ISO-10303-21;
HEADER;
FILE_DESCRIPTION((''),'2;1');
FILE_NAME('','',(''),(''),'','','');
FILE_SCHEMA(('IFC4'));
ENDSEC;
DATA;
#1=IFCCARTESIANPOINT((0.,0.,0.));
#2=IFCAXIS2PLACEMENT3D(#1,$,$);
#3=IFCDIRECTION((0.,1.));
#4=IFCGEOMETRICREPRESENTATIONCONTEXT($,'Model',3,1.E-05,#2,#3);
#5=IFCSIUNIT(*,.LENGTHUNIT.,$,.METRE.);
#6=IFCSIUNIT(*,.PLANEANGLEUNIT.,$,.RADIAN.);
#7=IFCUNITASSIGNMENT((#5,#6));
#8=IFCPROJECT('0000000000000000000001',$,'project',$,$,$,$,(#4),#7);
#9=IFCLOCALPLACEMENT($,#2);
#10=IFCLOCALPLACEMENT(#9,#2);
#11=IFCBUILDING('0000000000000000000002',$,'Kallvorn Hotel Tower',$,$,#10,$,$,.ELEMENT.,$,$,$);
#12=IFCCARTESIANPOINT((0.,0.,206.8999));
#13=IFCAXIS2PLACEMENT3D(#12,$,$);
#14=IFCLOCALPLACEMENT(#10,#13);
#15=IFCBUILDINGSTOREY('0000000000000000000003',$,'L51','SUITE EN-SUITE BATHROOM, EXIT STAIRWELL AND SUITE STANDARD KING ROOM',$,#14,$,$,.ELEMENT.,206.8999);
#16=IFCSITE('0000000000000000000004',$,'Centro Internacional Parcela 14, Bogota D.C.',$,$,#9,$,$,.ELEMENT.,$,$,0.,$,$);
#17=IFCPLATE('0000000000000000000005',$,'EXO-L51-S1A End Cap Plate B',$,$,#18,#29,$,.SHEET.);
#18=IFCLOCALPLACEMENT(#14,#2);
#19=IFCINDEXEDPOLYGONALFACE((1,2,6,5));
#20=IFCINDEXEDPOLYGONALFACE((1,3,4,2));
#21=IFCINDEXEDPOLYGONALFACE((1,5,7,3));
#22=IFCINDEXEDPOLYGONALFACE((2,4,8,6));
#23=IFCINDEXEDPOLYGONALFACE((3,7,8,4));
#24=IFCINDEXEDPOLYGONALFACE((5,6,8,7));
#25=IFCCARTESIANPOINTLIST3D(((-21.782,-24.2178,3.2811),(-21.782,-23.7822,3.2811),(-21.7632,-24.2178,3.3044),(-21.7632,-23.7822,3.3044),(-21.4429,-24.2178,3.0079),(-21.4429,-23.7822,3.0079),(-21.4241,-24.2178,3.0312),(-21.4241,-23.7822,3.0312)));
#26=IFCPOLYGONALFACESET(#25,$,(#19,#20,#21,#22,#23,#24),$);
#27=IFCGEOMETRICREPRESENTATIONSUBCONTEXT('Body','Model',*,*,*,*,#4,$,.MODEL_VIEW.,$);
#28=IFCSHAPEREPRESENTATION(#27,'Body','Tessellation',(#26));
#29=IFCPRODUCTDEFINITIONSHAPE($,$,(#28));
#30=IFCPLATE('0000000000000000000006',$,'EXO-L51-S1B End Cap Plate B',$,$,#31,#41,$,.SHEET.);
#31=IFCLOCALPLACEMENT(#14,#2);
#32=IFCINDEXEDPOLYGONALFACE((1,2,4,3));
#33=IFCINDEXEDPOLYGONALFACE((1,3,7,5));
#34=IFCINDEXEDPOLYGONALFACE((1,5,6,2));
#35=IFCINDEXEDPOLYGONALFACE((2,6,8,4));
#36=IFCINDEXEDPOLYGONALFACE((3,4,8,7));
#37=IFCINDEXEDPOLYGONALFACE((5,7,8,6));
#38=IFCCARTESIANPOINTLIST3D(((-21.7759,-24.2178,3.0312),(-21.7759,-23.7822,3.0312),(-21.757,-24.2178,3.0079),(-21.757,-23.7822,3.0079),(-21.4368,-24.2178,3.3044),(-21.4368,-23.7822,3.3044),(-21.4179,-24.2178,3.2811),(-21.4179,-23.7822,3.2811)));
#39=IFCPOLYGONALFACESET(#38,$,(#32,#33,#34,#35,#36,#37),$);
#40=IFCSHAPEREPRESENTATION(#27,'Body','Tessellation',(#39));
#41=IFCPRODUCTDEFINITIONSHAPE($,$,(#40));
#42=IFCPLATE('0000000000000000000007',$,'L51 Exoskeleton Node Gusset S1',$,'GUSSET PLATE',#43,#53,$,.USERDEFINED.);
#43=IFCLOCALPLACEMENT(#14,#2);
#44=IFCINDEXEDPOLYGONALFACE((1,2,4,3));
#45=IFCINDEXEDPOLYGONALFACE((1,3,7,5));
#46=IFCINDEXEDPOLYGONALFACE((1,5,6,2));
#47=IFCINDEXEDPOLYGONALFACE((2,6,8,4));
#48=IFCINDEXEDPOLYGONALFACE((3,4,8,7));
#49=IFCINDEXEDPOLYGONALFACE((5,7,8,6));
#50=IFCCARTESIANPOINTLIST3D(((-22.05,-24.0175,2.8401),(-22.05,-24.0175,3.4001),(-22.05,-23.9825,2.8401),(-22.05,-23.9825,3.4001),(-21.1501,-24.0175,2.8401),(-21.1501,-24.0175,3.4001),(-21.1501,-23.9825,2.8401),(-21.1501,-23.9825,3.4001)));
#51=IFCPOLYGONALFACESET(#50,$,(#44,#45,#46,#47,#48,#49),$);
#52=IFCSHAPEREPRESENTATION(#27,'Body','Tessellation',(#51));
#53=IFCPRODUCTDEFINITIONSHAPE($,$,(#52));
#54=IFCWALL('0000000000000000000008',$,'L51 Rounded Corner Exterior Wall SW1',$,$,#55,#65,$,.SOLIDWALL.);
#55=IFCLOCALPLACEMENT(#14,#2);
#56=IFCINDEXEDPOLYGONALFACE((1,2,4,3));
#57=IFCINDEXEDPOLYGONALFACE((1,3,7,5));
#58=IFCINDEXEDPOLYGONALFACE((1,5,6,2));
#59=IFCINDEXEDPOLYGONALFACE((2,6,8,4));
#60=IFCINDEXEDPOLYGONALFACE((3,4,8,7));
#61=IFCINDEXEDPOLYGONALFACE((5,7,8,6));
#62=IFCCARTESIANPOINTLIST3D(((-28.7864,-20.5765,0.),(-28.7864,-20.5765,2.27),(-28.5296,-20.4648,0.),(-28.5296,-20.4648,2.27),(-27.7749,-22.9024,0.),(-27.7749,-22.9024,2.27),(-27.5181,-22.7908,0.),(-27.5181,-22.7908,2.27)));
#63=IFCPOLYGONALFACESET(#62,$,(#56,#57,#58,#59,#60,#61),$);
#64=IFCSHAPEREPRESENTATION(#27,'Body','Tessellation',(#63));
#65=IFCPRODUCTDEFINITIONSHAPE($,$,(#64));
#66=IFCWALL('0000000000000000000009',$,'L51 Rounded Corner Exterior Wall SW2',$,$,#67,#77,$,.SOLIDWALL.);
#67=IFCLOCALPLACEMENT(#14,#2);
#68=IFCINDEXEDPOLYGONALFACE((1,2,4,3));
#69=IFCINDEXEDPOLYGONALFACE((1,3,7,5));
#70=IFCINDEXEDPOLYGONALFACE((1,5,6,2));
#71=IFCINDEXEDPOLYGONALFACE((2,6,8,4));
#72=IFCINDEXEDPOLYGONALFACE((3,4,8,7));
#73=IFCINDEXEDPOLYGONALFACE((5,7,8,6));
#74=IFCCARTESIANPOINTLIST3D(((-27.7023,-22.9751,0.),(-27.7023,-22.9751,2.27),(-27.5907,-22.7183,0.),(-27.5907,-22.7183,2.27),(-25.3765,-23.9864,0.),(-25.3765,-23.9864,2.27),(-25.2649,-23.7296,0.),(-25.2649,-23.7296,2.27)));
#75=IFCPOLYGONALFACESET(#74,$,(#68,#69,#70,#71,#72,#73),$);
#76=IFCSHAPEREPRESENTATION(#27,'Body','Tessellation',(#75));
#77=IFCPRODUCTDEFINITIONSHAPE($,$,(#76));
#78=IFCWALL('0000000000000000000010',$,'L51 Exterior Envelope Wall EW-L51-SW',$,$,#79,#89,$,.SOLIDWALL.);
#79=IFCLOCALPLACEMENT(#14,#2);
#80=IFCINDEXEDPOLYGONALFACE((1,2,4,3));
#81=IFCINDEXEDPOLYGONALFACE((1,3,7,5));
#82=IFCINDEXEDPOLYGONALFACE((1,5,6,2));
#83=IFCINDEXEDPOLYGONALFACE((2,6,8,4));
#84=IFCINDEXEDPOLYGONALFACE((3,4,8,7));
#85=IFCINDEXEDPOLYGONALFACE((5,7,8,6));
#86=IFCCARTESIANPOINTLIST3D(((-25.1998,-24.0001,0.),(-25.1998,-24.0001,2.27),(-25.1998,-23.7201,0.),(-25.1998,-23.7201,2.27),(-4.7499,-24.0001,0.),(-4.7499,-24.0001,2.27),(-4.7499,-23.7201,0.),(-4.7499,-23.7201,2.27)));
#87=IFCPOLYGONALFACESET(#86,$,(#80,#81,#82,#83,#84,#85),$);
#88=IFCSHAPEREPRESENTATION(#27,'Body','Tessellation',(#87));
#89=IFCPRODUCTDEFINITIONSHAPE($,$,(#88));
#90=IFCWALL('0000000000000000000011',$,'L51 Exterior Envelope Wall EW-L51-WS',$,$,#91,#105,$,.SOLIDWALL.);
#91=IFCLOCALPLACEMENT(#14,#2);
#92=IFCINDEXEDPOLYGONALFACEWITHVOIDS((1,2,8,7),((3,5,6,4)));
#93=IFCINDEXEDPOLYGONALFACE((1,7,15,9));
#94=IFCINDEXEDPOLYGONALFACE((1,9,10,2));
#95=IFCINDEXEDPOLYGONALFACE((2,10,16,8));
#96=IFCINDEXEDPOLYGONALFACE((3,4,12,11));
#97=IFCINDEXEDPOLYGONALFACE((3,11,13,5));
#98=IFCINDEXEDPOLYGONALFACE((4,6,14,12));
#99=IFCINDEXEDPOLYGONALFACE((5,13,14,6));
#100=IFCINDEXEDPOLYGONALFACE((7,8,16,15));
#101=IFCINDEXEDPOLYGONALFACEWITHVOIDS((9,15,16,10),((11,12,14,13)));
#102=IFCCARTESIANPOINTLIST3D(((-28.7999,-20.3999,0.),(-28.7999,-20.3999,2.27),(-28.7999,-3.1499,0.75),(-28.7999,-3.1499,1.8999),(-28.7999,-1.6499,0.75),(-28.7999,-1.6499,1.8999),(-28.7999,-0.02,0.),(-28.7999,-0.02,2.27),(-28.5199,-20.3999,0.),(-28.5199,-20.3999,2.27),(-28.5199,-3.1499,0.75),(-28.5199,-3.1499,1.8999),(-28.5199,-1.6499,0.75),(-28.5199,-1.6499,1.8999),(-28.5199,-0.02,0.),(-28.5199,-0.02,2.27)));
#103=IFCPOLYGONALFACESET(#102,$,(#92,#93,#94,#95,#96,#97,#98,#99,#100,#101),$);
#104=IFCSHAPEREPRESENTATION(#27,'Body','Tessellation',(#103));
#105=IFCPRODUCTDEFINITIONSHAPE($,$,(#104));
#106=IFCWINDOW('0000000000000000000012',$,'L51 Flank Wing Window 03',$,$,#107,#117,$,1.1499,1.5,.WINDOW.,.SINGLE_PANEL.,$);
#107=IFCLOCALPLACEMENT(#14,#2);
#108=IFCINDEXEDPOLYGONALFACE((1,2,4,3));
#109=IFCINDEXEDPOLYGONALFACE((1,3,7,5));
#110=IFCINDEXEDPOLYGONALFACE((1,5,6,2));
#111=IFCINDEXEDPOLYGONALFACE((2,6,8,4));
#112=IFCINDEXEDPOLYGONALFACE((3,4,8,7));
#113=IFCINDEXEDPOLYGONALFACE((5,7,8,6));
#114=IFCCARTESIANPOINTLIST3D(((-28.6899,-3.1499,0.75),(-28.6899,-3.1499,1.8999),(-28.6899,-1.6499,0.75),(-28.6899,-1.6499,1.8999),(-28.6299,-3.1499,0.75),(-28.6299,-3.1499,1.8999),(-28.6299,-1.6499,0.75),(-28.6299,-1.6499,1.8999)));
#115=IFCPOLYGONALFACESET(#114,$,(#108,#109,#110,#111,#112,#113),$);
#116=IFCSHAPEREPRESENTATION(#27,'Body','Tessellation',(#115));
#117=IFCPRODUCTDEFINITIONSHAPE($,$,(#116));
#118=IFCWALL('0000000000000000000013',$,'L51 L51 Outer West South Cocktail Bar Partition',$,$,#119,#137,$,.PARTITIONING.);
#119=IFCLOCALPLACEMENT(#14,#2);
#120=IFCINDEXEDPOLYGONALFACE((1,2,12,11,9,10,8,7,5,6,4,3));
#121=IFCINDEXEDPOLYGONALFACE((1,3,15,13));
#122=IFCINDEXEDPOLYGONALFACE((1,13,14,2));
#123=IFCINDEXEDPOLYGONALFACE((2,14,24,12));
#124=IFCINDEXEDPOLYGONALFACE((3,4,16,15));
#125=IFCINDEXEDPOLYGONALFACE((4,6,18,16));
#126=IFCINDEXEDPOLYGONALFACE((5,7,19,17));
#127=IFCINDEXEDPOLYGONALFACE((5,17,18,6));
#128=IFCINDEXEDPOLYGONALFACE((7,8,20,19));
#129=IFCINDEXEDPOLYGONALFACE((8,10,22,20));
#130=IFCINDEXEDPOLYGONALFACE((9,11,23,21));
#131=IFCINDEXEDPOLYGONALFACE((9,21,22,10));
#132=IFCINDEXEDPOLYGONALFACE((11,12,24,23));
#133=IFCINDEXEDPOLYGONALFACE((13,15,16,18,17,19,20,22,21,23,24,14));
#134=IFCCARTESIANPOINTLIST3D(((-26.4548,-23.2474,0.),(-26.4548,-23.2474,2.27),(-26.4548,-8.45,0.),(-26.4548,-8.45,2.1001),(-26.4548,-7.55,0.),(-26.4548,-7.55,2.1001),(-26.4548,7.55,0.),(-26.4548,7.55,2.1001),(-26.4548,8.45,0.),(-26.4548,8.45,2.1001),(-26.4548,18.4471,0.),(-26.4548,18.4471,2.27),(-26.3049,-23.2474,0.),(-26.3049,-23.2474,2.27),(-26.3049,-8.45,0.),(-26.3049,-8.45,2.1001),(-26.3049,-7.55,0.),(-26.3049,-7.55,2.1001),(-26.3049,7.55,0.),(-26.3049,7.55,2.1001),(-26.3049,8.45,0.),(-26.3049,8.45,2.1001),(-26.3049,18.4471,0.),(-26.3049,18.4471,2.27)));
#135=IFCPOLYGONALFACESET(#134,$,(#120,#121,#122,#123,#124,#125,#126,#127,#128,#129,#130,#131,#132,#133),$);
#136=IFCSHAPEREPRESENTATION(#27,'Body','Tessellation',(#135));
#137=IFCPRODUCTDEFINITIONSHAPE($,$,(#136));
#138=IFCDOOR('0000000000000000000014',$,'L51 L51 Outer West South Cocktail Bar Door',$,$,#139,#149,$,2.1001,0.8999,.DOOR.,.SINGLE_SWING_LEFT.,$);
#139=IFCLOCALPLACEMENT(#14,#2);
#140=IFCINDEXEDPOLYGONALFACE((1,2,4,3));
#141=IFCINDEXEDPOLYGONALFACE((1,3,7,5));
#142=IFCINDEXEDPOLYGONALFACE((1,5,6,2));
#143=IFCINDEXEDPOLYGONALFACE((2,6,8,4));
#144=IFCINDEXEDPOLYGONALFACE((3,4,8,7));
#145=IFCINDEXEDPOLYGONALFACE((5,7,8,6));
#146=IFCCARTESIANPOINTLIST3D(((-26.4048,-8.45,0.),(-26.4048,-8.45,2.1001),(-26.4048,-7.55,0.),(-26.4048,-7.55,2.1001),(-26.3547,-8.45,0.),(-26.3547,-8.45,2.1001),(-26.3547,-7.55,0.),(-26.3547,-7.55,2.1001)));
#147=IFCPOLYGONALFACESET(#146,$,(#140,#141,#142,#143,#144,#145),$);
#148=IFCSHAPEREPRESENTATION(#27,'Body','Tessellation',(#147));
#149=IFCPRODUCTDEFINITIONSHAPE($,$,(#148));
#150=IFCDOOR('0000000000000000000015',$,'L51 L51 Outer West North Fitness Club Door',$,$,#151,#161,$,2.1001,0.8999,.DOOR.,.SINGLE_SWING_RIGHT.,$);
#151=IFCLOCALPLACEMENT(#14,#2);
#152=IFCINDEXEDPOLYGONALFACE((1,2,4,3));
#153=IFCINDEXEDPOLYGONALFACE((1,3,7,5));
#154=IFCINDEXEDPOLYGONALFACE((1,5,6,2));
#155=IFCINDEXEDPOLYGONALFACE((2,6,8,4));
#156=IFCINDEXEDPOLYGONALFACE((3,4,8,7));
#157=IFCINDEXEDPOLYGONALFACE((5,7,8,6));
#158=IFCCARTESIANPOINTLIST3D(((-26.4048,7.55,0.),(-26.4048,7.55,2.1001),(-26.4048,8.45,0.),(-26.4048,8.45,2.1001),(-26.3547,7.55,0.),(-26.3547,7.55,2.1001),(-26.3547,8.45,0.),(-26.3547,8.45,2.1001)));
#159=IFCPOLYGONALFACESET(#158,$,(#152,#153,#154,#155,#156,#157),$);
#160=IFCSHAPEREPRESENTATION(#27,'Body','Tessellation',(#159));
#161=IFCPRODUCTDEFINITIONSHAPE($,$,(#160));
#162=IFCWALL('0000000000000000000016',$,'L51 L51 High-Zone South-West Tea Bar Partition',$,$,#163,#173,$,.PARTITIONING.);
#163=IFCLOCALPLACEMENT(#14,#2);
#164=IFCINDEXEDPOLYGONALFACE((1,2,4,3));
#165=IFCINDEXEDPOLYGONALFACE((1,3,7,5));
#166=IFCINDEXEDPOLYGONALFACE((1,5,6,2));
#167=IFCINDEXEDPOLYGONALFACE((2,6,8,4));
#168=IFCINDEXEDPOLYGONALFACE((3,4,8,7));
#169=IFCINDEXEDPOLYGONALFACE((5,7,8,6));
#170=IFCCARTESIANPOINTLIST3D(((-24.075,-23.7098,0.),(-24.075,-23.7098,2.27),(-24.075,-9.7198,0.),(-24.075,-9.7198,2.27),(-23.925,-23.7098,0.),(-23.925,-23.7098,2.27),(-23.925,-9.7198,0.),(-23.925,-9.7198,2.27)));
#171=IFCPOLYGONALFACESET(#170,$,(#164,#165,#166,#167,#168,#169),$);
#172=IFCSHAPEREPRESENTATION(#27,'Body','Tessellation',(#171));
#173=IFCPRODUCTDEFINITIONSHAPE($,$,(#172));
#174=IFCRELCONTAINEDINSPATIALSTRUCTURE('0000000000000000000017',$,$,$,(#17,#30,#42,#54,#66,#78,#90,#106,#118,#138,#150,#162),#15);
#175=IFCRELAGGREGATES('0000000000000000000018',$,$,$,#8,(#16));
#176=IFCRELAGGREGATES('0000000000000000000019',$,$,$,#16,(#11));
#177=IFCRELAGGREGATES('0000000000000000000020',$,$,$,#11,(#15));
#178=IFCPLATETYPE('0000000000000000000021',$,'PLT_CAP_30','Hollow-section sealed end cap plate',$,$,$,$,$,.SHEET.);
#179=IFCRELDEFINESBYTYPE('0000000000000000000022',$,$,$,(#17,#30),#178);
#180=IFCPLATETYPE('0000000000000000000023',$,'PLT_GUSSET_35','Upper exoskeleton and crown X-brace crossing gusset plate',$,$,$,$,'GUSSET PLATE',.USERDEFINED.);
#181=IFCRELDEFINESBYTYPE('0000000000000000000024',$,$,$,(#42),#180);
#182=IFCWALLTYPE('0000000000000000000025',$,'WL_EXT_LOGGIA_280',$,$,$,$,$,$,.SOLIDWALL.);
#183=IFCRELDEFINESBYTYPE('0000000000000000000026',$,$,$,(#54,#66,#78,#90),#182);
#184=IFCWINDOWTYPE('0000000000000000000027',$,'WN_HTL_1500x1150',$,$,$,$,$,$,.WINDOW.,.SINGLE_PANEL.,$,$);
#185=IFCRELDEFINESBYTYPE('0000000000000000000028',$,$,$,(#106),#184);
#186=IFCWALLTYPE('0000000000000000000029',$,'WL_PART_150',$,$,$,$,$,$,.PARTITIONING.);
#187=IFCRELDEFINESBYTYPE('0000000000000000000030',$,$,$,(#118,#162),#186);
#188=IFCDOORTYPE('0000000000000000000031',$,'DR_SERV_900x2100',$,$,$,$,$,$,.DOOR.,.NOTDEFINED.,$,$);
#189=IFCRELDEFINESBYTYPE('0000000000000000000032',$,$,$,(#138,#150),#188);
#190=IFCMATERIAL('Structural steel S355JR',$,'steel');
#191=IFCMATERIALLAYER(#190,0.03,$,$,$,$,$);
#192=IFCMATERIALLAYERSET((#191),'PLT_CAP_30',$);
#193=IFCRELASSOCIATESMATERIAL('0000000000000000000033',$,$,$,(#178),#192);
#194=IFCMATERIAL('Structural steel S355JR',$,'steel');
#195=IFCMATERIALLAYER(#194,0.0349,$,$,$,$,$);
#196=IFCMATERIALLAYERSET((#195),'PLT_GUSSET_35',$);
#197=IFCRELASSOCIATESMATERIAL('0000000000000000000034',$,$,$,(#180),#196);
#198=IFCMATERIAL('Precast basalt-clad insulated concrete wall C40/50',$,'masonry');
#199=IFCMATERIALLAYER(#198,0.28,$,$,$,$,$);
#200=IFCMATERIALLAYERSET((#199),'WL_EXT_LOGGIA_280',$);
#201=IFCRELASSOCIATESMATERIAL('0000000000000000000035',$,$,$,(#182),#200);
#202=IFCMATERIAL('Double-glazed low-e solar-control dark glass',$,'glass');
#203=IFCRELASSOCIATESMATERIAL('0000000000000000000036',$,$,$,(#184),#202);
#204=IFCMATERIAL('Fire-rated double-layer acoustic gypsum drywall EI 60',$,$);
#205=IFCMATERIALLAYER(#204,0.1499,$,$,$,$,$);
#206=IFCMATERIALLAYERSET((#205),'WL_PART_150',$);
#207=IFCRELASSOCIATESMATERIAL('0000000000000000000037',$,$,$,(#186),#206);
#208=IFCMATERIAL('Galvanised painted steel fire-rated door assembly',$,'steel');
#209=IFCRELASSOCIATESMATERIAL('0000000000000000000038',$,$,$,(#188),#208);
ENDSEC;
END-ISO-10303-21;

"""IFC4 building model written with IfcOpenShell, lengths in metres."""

from ifc_helpers import new_model, si_unit, direction, frame, frame_2d, origin, origin_2d, place, context, subcontext, project, spatial, polyline, rectangle, outline, extrude, material, layer, layer_set, type_object, element, fill, save


model = new_model("IFC4")

# Units and contexts
model_context = context("Model", 3, precision=1e-05, world=origin(), true_north=direction((0.0, 1.0)))
body_context = subcontext(model_context, "Body", "Model", "MODEL_VIEW")
ifc_project = project(units=[si_unit("LENGTHUNIT", "METRE"), si_unit("PLANEANGLEUNIT", "RADIAN")], contexts=[model_context])

# Site, building, storey
site_placement = place(None, origin())
site = spatial("IfcSite", under=ifc_project, at=site_placement, Name="Centro Internacional Parcela 14, Bogota D.C.", CompositionType="ELEMENT", RefElevation=0.0)
building_placement = place(site_placement, origin())
building = spatial("IfcBuilding", under=site, at=building_placement, Name="Kallvorn Hotel Tower", CompositionType="ELEMENT")
storey_placement = place(building_placement, frame((0.0, 0.0, 206.8999)))
storey = spatial("IfcBuildingStorey", under=building, at=storey_placement, Name="L51", Description="SUITE EN-SUITE BATHROOM, EXIT STAIRWELL AND SUITE STANDARD KING ROOM", CompositionType="ELEMENT", Elevation=206.8999)

# Plates
ifc_material_1 = material(Name="Structural steel S355JR", Category="steel")
ifc_layer_1 = layer(ifc_material_1, 0.03)
ifc_layer_set_1 = layer_set([ifc_layer_1], Name="PLT_CAP_30")
plate_type_1 = type_object("IfcPlateType", Name="PLT_CAP_30", Description="Hollow-section sealed end cap plate", PredefinedType="SHEET", material=ifc_layer_set_1)
for number, where, z_axis, x_axis, name in (
    (1, (-21.4241, -24.2178, 3.0312), (0.627358, 0.0, 0.778731), (0.0, 1.0, 0.0), "EXO-L51-S1A End Cap Plate B"),
    (2, (-21.7759, -23.7822, 3.0312), (-0.627358, 0.0, 0.778731), (0.0, -1.0, 0.0), "EXO-L51-S1B End Cap Plate B"),
):
    element("IfcPlate", number, at=place(storey_placement, frame(where, z_axis=z_axis, x_axis=x_axis)), inside=storey, type_object=plate_type_1, Name=name, PredefinedType="SHEET", context=body_context, shape_type="SweptSolid", body=[
        extrude(outline(polyline([(0.0, 0.0), (0.4355, 0.0), (0.4355, 0.4355), (0.0, 0.4355), (0.0, 0.0)])), origin(), (0.0, 0.0, -1.0), 0.03),
    ])
ifc_material_2 = material(Name="Structural steel S355JR", Category="steel")
ifc_layer_2 = layer(ifc_material_2, 0.0349)
ifc_layer_set_2 = layer_set([ifc_layer_2], Name="PLT_GUSSET_35")
plate_type_2 = type_object("IfcPlateType", Name="PLT_GUSSET_35", Description="Upper exoskeleton and crown X-brace crossing gusset plate", ElementType="GUSSET PLATE", PredefinedType="USERDEFINED", material=ifc_layer_set_2)
plate_placement = place(storey_placement, frame((-21.6001, -24.0, 2.8401), z_axis=(0.0, 0.0, 1.0), x_axis=(1.0, 0.0, 0.0)))
element("IfcPlate", 3, at=plate_placement, inside=storey, type_object=plate_type_2, Name="L51 Exoskeleton Node Gusset S1", ObjectType="GUSSET PLATE", PredefinedType="USERDEFINED", context=body_context, shape_type="SweptSolid", body=[
    extrude(rectangle(XDim=0.8999, YDim=0.0349, at=origin_2d()), origin(), (0.0, 0.0, 1.0), 0.5601),
])

# Walls
ifc_material_3 = material(Name="Precast basalt-clad insulated concrete wall C40/50", Category="masonry")
ifc_layer_3 = layer(ifc_material_3, 0.28)
ifc_layer_set_3 = layer_set([ifc_layer_3], Name="WL_EXT_LOGGIA_280")
wall_type_1 = type_object("IfcWallType", Name="WL_EXT_LOGGIA_280", PredefinedType="SOLIDWALL", material=ifc_layer_set_3)
wall_1_placement = place(storey_placement, frame((-28.658, -20.5208, 0.0), z_axis=(0.0, 0.0, 1.0), x_axis=(0.398793, -0.917041, 0.0)))
element("IfcWall", 4, at=wall_1_placement, inside=storey, type_object=wall_type_1, Name="L51 Rounded Corner Exterior Wall SW1", PredefinedType="SOLIDWALL", context=body_context, shape_type="SweptSolid", body=[
    extrude(rectangle(XDim=2.5364, YDim=0.28, at=frame_2d((1.2681, 0.0))), origin(), (0.0, 0.0, 1.0), 2.27),
])
wall_2_placement = place(storey_placement, frame((-27.6465, -22.8467, 0.0), z_axis=(0.0, 0.0, 1.0), x_axis=(0.917061, -0.398747, 0.0)))
element("IfcWall", 5, at=wall_2_placement, inside=storey, type_object=wall_type_1, Name="L51 Rounded Corner Exterior Wall SW2", PredefinedType="SOLIDWALL", context=body_context, shape_type="SweptSolid", body=[
    extrude(rectangle(XDim=2.5361, YDim=0.28, at=frame_2d((1.2681, 0.0))), origin(), (0.0, 0.0, 1.0), 2.27),
])
wall_3_placement = place(storey_placement, frame((-25.2, -23.8601, 0.0), z_axis=(0.0, 0.0, 1.0), x_axis=(1.0, 0.0, 0.0)))
element("IfcWall", 6, at=wall_3_placement, inside=storey, type_object=wall_type_1, Name="L51 Exterior Envelope Wall EW-L51-SW", PredefinedType="SOLIDWALL", context=body_context, shape_type="SweptSolid", body=[
    extrude(rectangle(XDim=20.45, YDim=0.28, at=frame_2d((10.2251, 0.0))), origin(), (0.0, 0.0, 1.0), 2.27),
])

# Wall, opening, window
wall_4_placement = place(storey_placement, frame((-28.6599, -20.3999, 0.0), z_axis=(0.0, 0.0, 1.0), x_axis=(0.0, 1.0, 0.0)))
wall_4 = element("IfcWall", 7, at=wall_4_placement, inside=storey, type_object=wall_type_1, Name="L51 Exterior Envelope Wall EW-L51-WS", PredefinedType="SOLIDWALL", context=body_context, shape_type="SweptSolid", body=[
    extrude(rectangle(XDim=20.3799, YDim=0.28, at=frame_2d((10.1899, 0.0))), origin(), (0.0, 0.0, 1.0), 2.27),
])
opening_1_placement = place(wall_4_placement, frame((17.25, 0.0, 0.75)))
opening_1 = element("IfcOpeningElement", 8, at=opening_1_placement, cuts=wall_4, PredefinedType="OPENING", context=body_context, shape_type="SweptSolid", body=[
    extrude(rectangle(XDim=1.5, YDim=1.1499, at=frame_2d((0.75, 0.575))), frame((0.0, 0.155, 0.0), z_axis=(0.0, -1.0, 0.0), x_axis=(1.0, 0.0, 0.0)), (0.0, 0.0, 1.0), 0.3101),
])
ifc_material_4 = material(Name="Double-glazed low-e solar-control dark glass", Category="glass")
window_type = type_object("IfcWindowType", Name="WN_HTL_1500x1150", PartitioningType="SINGLE_PANEL", PredefinedType="WINDOW", material=ifc_material_4)
window_placement = place(opening_1_placement, origin())
window = element("IfcWindow", 9, at=window_placement, inside=storey, type_object=window_type, Name="L51 Flank Wing Window 03", OverallHeight=1.1499, OverallWidth=1.5, PartitioningType="SINGLE_PANEL", PredefinedType="WINDOW", context=body_context, shape_type="SweptSolid", body=[
    extrude(rectangle(XDim=1.5, YDim=1.1499, at=frame_2d((0.75, 0.575))), frame((0.0, 0.03, 0.0), z_axis=(0.0, -1.0, 0.0), x_axis=(1.0, 0.0, 0.0)), (0.0, 0.0, 1.0), 0.0601),
])
fill(opening_1, window)

# Wall, openings, doors
ifc_material_5 = material(Name="Fire-rated double-layer acoustic gypsum drywall EI 60")
ifc_layer_4 = layer(ifc_material_5, 0.1499)
ifc_layer_set_4 = layer_set([ifc_layer_4], Name="WL_PART_150")
wall_type_2 = type_object("IfcWallType", Name="WL_PART_150", PredefinedType="PARTITIONING", material=ifc_layer_set_4)
wall_5_placement = place(storey_placement, frame((-26.3799, -23.2473, 0.0), z_axis=(0.0, 0.0, 1.0), x_axis=(0.0, 1.0, 0.0)))
wall_5 = element("IfcWall", 10, at=wall_5_placement, inside=storey, type_object=wall_type_2, Name="L51 L51 Outer West South Cocktail Bar Partition", PredefinedType="PARTITIONING", context=body_context, shape_type="SweptSolid", body=[
    extrude(rectangle(XDim=41.6946, YDim=0.1499, at=frame_2d((20.8472, 0.0))), origin(), (0.0, 0.0, 1.0), 2.27),
])
opening_2_placement = place(wall_5_placement, frame((14.7974, 0.0, 0.0)))
opening_2 = element("IfcOpeningElement", 11, at=opening_2_placement, cuts=wall_5, PredefinedType="OPENING", context=body_context, shape_type="SweptSolid", body=[
    extrude(rectangle(XDim=0.8999, YDim=2.1001, at=frame_2d((0.45, 1.05))), frame((0.0, 0.0898, 0.0), z_axis=(0.0, -1.0, 0.0), x_axis=(1.0, 0.0, 0.0)), (0.0, 0.0, 1.0), 0.1799),
])
opening_3_placement = place(wall_5_placement, frame((30.7974, 0.0, 0.0)))
opening_3 = element("IfcOpeningElement", 12, at=opening_3_placement, cuts=wall_5, PredefinedType="OPENING", context=body_context, shape_type="SweptSolid", body=[
    extrude(rectangle(XDim=0.8999, YDim=2.1001, at=frame_2d((0.45, 1.05))), frame((0.0, 0.0898, 0.0), z_axis=(0.0, -1.0, 0.0), x_axis=(1.0, 0.0, 0.0)), (0.0, 0.0, 1.0), 0.1799),
])
ifc_material_6 = material(Name="Galvanised painted steel fire-rated door assembly", Category="steel")
door_type = type_object("IfcDoorType", Name="DR_SERV_900x2100", OperationType="NOTDEFINED", PredefinedType="DOOR", material=ifc_material_6)
door_1_placement = place(opening_2_placement, origin())
door_1 = element("IfcDoor", 13, at=door_1_placement, inside=storey, type_object=door_type, Name="L51 L51 Outer West South Cocktail Bar Door", OperationType="SINGLE_SWING_LEFT", OverallHeight=2.1001, OverallWidth=0.8999, PredefinedType="DOOR", context=body_context, shape_type="SweptSolid", body=[
    extrude(rectangle(XDim=0.8999, YDim=2.1001, at=frame_2d((0.45, 1.05))), frame((0.0, 0.0249, 0.0), z_axis=(0.0, -1.0, 0.0), x_axis=(1.0, 0.0, 0.0)), (0.0, 0.0, 1.0), 0.05),
])
fill(opening_2, door_1)
door_2_placement = place(opening_3_placement, origin())
door_2 = element("IfcDoor", 14, at=door_2_placement, inside=storey, type_object=door_type, Name="L51 L51 Outer West North Fitness Club Door", OperationType="SINGLE_SWING_RIGHT", OverallHeight=2.1001, OverallWidth=0.8999, PredefinedType="DOOR", context=body_context, shape_type="SweptSolid", body=[
    extrude(rectangle(XDim=0.8999, YDim=2.1001, at=frame_2d((0.45, 1.05))), frame((0.0, 0.0249, 0.0), z_axis=(0.0, -1.0, 0.0), x_axis=(1.0, 0.0, 0.0)), (0.0, 0.0, 1.0), 0.05),
])
fill(opening_3, door_2)

# Wall
wall_6_placement = place(storey_placement, frame((-24.0, -23.71, 0.0), z_axis=(0.0, 0.0, 1.0), x_axis=(0.0, 1.0, 0.0)))
element("IfcWall", 15, at=wall_6_placement, inside=storey, type_object=wall_type_2, Name="L51 L51 High-Zone South-West Tea Bar Partition", PredefinedType="PARTITIONING", context=body_context, shape_type="SweptSolid", body=[
    extrude(rectangle(XDim=13.99, YDim=0.1499, at=frame_2d((6.9951, 0.0))), origin(), (0.0, 0.0, 1.0), 2.27),
])

save(model, "model.ifc")
